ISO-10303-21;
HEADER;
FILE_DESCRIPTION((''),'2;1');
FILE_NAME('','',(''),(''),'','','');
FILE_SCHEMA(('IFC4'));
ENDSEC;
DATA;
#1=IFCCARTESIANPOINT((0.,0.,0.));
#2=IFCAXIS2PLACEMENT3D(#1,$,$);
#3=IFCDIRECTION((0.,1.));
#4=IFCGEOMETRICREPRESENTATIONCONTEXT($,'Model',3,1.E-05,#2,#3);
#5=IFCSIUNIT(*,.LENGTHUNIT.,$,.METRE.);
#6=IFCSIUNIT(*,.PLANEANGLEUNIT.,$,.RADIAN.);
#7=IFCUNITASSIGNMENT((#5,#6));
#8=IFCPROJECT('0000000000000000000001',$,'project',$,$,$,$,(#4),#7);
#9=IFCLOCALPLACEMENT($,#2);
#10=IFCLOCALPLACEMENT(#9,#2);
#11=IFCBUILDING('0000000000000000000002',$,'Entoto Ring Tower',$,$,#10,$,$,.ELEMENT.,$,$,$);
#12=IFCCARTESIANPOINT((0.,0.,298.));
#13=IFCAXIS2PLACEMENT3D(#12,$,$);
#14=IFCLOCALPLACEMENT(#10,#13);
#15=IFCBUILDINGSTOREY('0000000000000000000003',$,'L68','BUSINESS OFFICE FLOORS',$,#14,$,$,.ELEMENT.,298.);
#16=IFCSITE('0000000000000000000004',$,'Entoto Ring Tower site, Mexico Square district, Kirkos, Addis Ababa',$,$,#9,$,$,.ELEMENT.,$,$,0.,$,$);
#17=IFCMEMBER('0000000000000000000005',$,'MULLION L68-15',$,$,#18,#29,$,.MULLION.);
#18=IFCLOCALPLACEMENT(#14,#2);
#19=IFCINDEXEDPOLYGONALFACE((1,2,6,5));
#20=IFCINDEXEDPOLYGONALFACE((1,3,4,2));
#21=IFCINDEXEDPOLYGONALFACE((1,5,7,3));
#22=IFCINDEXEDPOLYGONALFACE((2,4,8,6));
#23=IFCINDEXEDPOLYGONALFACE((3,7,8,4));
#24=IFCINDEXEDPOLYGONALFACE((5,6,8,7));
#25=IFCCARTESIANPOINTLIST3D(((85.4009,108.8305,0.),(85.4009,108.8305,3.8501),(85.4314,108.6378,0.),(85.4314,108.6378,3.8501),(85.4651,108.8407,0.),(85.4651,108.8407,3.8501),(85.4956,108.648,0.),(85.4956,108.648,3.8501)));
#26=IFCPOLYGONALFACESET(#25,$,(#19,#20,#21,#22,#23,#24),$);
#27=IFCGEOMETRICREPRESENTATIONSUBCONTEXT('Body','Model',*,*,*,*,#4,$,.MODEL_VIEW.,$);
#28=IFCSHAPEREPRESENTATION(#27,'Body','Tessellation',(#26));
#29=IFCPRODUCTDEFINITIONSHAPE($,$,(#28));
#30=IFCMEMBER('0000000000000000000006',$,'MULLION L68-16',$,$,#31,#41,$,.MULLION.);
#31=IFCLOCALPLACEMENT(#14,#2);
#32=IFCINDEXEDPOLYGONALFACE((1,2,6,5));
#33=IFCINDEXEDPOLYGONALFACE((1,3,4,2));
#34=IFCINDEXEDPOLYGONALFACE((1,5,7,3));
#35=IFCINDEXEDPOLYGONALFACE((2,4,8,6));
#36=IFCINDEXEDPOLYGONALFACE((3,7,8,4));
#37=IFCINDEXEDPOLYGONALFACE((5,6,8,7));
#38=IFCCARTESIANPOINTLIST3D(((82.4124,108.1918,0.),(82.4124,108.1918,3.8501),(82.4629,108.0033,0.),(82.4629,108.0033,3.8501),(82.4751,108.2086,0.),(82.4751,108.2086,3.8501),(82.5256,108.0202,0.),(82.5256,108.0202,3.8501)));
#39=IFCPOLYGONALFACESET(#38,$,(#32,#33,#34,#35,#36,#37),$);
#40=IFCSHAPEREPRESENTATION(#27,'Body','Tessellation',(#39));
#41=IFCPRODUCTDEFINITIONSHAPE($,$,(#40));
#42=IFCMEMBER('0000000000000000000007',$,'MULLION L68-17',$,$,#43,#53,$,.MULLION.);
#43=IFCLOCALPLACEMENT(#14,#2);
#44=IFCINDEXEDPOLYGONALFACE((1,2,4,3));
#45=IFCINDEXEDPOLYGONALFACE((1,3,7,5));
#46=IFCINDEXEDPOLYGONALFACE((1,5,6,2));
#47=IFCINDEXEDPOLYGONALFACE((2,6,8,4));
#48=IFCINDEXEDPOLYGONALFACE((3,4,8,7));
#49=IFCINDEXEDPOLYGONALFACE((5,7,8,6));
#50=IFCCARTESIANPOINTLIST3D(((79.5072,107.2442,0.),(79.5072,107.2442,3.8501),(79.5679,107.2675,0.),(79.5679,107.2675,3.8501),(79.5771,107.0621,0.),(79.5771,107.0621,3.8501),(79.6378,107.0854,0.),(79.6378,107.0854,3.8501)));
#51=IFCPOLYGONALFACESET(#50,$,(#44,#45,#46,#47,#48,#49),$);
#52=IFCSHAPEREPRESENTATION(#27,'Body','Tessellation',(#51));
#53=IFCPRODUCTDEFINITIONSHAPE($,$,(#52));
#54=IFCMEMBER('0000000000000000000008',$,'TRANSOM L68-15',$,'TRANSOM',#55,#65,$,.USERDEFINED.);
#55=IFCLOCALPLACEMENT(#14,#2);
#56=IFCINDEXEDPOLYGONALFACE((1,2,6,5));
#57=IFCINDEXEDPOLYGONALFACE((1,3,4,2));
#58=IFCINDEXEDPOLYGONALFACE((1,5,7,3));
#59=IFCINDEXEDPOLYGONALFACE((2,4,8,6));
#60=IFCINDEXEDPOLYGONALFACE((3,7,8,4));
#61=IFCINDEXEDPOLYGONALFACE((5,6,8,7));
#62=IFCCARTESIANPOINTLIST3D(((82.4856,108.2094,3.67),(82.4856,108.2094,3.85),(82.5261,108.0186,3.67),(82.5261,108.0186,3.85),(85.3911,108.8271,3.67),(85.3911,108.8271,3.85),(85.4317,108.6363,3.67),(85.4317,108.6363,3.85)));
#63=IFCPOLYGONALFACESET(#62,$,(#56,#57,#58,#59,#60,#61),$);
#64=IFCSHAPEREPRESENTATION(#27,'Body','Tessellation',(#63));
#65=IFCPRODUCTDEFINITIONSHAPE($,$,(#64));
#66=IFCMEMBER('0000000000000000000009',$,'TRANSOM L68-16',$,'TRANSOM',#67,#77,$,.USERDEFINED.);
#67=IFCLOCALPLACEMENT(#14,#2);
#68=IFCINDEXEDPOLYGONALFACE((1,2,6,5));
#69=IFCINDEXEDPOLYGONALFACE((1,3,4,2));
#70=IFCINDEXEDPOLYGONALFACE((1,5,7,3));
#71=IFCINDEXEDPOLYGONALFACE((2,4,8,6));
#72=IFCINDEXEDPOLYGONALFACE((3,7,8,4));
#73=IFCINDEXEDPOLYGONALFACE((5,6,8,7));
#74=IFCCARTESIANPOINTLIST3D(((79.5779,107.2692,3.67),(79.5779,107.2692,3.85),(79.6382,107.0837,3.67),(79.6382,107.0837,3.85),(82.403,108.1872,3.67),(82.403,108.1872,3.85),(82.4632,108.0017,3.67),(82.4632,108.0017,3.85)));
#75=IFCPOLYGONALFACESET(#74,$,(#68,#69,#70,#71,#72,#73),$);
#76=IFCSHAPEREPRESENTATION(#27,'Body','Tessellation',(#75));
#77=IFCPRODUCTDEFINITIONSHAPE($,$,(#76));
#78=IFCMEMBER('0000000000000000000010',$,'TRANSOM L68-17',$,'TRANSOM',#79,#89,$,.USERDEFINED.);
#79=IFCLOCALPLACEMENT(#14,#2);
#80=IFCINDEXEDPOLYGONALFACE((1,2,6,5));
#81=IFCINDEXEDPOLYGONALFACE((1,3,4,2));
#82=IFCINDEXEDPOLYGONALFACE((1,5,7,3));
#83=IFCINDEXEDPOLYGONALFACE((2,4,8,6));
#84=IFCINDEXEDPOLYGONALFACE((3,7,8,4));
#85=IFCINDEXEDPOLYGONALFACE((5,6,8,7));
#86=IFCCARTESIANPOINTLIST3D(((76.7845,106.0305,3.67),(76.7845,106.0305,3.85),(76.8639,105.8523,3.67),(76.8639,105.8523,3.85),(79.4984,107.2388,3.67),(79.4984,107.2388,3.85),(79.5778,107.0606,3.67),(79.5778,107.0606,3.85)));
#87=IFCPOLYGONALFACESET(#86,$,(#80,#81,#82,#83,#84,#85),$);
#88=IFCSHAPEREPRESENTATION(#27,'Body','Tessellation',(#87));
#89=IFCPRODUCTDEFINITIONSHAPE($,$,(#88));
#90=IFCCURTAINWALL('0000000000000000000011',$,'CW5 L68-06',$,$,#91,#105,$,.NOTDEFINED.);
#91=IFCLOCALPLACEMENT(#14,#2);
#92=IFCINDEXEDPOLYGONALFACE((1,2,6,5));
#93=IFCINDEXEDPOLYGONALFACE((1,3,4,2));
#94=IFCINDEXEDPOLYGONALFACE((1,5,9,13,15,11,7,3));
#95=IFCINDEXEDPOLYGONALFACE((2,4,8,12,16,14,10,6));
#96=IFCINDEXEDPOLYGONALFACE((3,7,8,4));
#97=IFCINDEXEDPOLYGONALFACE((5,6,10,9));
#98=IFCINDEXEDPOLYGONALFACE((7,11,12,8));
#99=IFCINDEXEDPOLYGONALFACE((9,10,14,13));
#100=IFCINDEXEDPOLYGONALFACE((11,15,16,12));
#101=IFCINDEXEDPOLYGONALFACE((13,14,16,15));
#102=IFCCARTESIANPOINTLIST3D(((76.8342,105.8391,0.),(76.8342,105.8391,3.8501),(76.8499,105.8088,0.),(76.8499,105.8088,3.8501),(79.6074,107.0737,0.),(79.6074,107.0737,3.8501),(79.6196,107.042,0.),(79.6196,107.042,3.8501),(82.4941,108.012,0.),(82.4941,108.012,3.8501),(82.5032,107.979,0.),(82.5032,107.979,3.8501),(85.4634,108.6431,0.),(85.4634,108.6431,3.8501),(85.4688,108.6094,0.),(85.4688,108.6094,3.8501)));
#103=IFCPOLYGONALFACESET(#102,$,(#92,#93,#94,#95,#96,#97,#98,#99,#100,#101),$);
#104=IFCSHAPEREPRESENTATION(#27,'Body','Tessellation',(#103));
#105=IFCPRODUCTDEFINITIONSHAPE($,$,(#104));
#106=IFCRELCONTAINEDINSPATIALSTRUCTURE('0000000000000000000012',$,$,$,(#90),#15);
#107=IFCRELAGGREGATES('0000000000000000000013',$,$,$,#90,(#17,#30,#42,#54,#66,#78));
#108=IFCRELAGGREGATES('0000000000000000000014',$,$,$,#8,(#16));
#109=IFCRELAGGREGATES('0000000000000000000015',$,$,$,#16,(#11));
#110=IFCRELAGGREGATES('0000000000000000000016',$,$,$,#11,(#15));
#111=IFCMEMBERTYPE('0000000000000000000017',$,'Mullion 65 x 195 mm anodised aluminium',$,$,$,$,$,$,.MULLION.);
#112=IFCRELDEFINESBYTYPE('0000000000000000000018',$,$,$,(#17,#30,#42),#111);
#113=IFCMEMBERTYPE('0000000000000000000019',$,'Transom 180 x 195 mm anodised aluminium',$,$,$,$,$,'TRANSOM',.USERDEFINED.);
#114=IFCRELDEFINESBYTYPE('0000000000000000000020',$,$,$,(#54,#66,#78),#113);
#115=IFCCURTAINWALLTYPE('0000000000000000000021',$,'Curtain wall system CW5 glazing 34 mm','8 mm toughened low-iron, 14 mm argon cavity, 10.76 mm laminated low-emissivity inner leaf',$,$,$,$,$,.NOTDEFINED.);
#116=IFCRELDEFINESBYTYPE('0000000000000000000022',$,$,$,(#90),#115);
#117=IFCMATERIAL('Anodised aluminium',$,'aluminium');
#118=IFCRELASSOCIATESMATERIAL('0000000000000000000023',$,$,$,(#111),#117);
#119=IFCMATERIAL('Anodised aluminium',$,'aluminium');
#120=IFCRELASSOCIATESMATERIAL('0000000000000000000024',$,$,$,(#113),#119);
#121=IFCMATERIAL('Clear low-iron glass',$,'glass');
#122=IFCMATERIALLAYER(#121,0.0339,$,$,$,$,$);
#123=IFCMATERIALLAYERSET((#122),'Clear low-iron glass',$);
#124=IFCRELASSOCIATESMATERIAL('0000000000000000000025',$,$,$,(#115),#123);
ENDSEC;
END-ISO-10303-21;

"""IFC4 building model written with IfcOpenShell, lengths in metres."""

from ifc_helpers import new_model, si_unit, direction, frame, origin, origin_2d, place, context, subcontext, project, spatial, polyline, rectangle, outline, extrude, material, layer, layer_set, material_profile, profile_set, type_object, element, aggregate, save


model = new_model("IFC4")

# Units and contexts
model_context = context("Model", 3, precision=1e-05, world=origin(), true_north=direction((0.0, 1.0)))
body_context = subcontext(model_context, "Body", "Model", "MODEL_VIEW")
ifc_project = project(units=[si_unit("LENGTHUNIT", "METRE"), si_unit("PLANEANGLEUNIT", "RADIAN")], contexts=[model_context])

# Members
ifc_material_1 = material(Name="Anodised aluminium", Category="aluminium")
ifc_material_profile_1 = material_profile(ifc_material_1, rectangle(XDim=0.0649, YDim=0.1951, at=origin_2d()), Name="Mullion 65 x 195 mm anodised aluminium")
ifc_profile_set_1 = profile_set([ifc_material_profile_1], Name="Anodised aluminium")
member_type_1 = type_object("IfcMemberType", Name="Mullion 65 x 195 mm anodised aluminium", PredefinedType="MULLION", material=ifc_profile_set_1)
site_placement = place(None, origin())
building_placement = place(site_placement, origin())
storey_placement = place(building_placement, frame((0.0, 0.0, 298.0)))
member_1_placement = place(storey_placement, frame((85.4482, 108.7393, 0.0), z_axis=(0.0, 0.0, 1.0), x_axis=(-0.987688, -0.156434, 0.0)))
member_1 = element("IfcMember", 1, at=member_1_placement, type_object=member_type_1, Name="MULLION L68-15", PredefinedType="MULLION", context=body_context, shape_type="SweptSolid", body=[
    extrude(rectangle(XDim=0.0649, YDim=0.1951, at=origin_2d()), origin(), (0.0, 0.0, 1.0), 3.8501),
])
member_2_placement = place(storey_placement, frame((82.469, 108.106, 0.0), z_axis=(0.0, 0.0, 1.0), x_axis=(-0.965926, -0.258819, 0.0)))
member_2 = element("IfcMember", 2, at=member_2_placement, type_object=member_type_1, Name="MULLION L68-16", PredefinedType="MULLION", context=body_context, shape_type="SweptSolid", body=[
    extrude(rectangle(XDim=0.0649, YDim=0.1951, at=origin_2d()), origin(), (0.0, 0.0, 1.0), 3.8501),
])
member_3_placement = place(storey_placement, frame((79.5725, 107.1648, 0.0), z_axis=(0.0, 0.0, 1.0), x_axis=(-0.93358, -0.358368, 0.0)))
member_3 = element("IfcMember", 3, at=member_3_placement, type_object=member_type_1, Name="MULLION L68-17", PredefinedType="MULLION", context=body_context, shape_type="SweptSolid", body=[
    extrude(rectangle(XDim=0.0649, YDim=0.1951, at=origin_2d()), origin(), (0.0, 0.0, 1.0), 3.8501),
])
ifc_material_2 = material(Name="Anodised aluminium", Category="aluminium")
ifc_material_profile_2 = material_profile(ifc_material_2, rectangle(XDim=0.1951, YDim=0.1799, at=origin_2d()), Name="Transom 180 x 195 mm anodised aluminium")
ifc_profile_set_2 = profile_set([ifc_material_profile_2], Name="Anodised aluminium")
member_type_2 = type_object("IfcMemberType", Name="Transom 180 x 195 mm anodised aluminium", ElementType="TRANSOM", PredefinedType="USERDEFINED", material=ifc_profile_set_2)
member_4_placement = place(storey_placement, frame((85.4114, 108.7317, 3.76), z_axis=(-0.978142, -0.20794, 0.0), x_axis=(0.20794, -0.978142, 0.0)))
member_4 = element("IfcMember", 4, at=member_4_placement, type_object=member_type_2, Name="TRANSOM L68-15", ObjectType="TRANSOM", PredefinedType="USERDEFINED", context=body_context, shape_type="SweptSolid", body=[
    extrude(rectangle(XDim=0.1951, YDim=0.1799, at=origin_2d()), origin(), (0.0, 0.0, 1.0), 2.9705),
])
member_5_placement = place(storey_placement, frame((82.4331, 108.0945, 3.76), z_axis=(-0.951048, -0.309043, 0.0), x_axis=(0.309043, -0.951048, 0.0)))
member_5 = element("IfcMember", 5, at=member_5_placement, type_object=member_type_2, Name="TRANSOM L68-16", ObjectType="TRANSOM", PredefinedType="USERDEFINED", context=body_context, shape_type="SweptSolid", body=[
    extrude(rectangle(XDim=0.1951, YDim=0.1799, at=origin_2d()), origin(), (0.0, 0.0, 1.0), 2.9705),
])
member_6_placement = place(storey_placement, frame((79.5381, 107.1497, 3.76), z_axis=(-0.91355, -0.406726, 0.0), x_axis=(0.406726, -0.91355, 0.0)))
member_6 = element("IfcMember", 6, at=member_6_placement, type_object=member_type_2, Name="TRANSOM L68-17", ObjectType="TRANSOM", PredefinedType="USERDEFINED", context=body_context, shape_type="SweptSolid", body=[
    extrude(rectangle(XDim=0.1951, YDim=0.1799, at=origin_2d()), origin(), (0.0, 0.0, 1.0), 2.9707),
])

# Site, building, storey
site = spatial("IfcSite", under=ifc_project, at=site_placement, Name="Entoto Ring Tower site, Mexico Square district, Kirkos, Addis Ababa", CompositionType="ELEMENT", RefElevation=0.0)
building = spatial("IfcBuilding", under=site, at=building_placement, Name="Entoto Ring Tower", CompositionType="ELEMENT")
storey = spatial("IfcBuildingStorey", under=building, at=storey_placement, Name="L68", Description="BUSINESS OFFICE FLOORS", CompositionType="ELEMENT", Elevation=298.0)

# Curtain wall
ifc_material_3 = material(Name="Clear low-iron glass", Category="glass")
ifc_layer = layer(ifc_material_3, 0.0339)
ifc_layer_set = layer_set([ifc_layer], Name="Clear low-iron glass")
curtain_wall_type = type_object("IfcCurtainWallType", Name="Curtain wall system CW5 glazing 34 mm", Description="8 mm toughened low-iron, 14 mm argon cavity, 10.76 mm laminated low-emissivity inner leaf", PredefinedType="NOTDEFINED", material=ifc_layer_set)
curtain_wall_1_placement = place(storey_placement, origin())
curtain_wall_1 = element("IfcCurtainWall", 7, at=curtain_wall_1_placement, inside=storey, type_object=curtain_wall_type, Name="CW5 L68-06", PredefinedType="NOTDEFINED", context=body_context, shape_type="SweptSolid", body=[
    extrude(outline(polyline([(85.4634, 108.6431), (82.4941, 108.012), (79.6074, 107.0737), (76.8342, 105.8391), (76.8499, 105.8088), (79.6196, 107.042), (82.5032, 107.979), (85.4688, 108.6094), (85.4634, 108.6431)])), origin(), (0.0, 0.0, 1.0), 3.8501),
])
aggregate(curtain_wall_1, [member_1, member_2, member_3, member_4, member_5, member_6])

save(model, "model.ifc")
